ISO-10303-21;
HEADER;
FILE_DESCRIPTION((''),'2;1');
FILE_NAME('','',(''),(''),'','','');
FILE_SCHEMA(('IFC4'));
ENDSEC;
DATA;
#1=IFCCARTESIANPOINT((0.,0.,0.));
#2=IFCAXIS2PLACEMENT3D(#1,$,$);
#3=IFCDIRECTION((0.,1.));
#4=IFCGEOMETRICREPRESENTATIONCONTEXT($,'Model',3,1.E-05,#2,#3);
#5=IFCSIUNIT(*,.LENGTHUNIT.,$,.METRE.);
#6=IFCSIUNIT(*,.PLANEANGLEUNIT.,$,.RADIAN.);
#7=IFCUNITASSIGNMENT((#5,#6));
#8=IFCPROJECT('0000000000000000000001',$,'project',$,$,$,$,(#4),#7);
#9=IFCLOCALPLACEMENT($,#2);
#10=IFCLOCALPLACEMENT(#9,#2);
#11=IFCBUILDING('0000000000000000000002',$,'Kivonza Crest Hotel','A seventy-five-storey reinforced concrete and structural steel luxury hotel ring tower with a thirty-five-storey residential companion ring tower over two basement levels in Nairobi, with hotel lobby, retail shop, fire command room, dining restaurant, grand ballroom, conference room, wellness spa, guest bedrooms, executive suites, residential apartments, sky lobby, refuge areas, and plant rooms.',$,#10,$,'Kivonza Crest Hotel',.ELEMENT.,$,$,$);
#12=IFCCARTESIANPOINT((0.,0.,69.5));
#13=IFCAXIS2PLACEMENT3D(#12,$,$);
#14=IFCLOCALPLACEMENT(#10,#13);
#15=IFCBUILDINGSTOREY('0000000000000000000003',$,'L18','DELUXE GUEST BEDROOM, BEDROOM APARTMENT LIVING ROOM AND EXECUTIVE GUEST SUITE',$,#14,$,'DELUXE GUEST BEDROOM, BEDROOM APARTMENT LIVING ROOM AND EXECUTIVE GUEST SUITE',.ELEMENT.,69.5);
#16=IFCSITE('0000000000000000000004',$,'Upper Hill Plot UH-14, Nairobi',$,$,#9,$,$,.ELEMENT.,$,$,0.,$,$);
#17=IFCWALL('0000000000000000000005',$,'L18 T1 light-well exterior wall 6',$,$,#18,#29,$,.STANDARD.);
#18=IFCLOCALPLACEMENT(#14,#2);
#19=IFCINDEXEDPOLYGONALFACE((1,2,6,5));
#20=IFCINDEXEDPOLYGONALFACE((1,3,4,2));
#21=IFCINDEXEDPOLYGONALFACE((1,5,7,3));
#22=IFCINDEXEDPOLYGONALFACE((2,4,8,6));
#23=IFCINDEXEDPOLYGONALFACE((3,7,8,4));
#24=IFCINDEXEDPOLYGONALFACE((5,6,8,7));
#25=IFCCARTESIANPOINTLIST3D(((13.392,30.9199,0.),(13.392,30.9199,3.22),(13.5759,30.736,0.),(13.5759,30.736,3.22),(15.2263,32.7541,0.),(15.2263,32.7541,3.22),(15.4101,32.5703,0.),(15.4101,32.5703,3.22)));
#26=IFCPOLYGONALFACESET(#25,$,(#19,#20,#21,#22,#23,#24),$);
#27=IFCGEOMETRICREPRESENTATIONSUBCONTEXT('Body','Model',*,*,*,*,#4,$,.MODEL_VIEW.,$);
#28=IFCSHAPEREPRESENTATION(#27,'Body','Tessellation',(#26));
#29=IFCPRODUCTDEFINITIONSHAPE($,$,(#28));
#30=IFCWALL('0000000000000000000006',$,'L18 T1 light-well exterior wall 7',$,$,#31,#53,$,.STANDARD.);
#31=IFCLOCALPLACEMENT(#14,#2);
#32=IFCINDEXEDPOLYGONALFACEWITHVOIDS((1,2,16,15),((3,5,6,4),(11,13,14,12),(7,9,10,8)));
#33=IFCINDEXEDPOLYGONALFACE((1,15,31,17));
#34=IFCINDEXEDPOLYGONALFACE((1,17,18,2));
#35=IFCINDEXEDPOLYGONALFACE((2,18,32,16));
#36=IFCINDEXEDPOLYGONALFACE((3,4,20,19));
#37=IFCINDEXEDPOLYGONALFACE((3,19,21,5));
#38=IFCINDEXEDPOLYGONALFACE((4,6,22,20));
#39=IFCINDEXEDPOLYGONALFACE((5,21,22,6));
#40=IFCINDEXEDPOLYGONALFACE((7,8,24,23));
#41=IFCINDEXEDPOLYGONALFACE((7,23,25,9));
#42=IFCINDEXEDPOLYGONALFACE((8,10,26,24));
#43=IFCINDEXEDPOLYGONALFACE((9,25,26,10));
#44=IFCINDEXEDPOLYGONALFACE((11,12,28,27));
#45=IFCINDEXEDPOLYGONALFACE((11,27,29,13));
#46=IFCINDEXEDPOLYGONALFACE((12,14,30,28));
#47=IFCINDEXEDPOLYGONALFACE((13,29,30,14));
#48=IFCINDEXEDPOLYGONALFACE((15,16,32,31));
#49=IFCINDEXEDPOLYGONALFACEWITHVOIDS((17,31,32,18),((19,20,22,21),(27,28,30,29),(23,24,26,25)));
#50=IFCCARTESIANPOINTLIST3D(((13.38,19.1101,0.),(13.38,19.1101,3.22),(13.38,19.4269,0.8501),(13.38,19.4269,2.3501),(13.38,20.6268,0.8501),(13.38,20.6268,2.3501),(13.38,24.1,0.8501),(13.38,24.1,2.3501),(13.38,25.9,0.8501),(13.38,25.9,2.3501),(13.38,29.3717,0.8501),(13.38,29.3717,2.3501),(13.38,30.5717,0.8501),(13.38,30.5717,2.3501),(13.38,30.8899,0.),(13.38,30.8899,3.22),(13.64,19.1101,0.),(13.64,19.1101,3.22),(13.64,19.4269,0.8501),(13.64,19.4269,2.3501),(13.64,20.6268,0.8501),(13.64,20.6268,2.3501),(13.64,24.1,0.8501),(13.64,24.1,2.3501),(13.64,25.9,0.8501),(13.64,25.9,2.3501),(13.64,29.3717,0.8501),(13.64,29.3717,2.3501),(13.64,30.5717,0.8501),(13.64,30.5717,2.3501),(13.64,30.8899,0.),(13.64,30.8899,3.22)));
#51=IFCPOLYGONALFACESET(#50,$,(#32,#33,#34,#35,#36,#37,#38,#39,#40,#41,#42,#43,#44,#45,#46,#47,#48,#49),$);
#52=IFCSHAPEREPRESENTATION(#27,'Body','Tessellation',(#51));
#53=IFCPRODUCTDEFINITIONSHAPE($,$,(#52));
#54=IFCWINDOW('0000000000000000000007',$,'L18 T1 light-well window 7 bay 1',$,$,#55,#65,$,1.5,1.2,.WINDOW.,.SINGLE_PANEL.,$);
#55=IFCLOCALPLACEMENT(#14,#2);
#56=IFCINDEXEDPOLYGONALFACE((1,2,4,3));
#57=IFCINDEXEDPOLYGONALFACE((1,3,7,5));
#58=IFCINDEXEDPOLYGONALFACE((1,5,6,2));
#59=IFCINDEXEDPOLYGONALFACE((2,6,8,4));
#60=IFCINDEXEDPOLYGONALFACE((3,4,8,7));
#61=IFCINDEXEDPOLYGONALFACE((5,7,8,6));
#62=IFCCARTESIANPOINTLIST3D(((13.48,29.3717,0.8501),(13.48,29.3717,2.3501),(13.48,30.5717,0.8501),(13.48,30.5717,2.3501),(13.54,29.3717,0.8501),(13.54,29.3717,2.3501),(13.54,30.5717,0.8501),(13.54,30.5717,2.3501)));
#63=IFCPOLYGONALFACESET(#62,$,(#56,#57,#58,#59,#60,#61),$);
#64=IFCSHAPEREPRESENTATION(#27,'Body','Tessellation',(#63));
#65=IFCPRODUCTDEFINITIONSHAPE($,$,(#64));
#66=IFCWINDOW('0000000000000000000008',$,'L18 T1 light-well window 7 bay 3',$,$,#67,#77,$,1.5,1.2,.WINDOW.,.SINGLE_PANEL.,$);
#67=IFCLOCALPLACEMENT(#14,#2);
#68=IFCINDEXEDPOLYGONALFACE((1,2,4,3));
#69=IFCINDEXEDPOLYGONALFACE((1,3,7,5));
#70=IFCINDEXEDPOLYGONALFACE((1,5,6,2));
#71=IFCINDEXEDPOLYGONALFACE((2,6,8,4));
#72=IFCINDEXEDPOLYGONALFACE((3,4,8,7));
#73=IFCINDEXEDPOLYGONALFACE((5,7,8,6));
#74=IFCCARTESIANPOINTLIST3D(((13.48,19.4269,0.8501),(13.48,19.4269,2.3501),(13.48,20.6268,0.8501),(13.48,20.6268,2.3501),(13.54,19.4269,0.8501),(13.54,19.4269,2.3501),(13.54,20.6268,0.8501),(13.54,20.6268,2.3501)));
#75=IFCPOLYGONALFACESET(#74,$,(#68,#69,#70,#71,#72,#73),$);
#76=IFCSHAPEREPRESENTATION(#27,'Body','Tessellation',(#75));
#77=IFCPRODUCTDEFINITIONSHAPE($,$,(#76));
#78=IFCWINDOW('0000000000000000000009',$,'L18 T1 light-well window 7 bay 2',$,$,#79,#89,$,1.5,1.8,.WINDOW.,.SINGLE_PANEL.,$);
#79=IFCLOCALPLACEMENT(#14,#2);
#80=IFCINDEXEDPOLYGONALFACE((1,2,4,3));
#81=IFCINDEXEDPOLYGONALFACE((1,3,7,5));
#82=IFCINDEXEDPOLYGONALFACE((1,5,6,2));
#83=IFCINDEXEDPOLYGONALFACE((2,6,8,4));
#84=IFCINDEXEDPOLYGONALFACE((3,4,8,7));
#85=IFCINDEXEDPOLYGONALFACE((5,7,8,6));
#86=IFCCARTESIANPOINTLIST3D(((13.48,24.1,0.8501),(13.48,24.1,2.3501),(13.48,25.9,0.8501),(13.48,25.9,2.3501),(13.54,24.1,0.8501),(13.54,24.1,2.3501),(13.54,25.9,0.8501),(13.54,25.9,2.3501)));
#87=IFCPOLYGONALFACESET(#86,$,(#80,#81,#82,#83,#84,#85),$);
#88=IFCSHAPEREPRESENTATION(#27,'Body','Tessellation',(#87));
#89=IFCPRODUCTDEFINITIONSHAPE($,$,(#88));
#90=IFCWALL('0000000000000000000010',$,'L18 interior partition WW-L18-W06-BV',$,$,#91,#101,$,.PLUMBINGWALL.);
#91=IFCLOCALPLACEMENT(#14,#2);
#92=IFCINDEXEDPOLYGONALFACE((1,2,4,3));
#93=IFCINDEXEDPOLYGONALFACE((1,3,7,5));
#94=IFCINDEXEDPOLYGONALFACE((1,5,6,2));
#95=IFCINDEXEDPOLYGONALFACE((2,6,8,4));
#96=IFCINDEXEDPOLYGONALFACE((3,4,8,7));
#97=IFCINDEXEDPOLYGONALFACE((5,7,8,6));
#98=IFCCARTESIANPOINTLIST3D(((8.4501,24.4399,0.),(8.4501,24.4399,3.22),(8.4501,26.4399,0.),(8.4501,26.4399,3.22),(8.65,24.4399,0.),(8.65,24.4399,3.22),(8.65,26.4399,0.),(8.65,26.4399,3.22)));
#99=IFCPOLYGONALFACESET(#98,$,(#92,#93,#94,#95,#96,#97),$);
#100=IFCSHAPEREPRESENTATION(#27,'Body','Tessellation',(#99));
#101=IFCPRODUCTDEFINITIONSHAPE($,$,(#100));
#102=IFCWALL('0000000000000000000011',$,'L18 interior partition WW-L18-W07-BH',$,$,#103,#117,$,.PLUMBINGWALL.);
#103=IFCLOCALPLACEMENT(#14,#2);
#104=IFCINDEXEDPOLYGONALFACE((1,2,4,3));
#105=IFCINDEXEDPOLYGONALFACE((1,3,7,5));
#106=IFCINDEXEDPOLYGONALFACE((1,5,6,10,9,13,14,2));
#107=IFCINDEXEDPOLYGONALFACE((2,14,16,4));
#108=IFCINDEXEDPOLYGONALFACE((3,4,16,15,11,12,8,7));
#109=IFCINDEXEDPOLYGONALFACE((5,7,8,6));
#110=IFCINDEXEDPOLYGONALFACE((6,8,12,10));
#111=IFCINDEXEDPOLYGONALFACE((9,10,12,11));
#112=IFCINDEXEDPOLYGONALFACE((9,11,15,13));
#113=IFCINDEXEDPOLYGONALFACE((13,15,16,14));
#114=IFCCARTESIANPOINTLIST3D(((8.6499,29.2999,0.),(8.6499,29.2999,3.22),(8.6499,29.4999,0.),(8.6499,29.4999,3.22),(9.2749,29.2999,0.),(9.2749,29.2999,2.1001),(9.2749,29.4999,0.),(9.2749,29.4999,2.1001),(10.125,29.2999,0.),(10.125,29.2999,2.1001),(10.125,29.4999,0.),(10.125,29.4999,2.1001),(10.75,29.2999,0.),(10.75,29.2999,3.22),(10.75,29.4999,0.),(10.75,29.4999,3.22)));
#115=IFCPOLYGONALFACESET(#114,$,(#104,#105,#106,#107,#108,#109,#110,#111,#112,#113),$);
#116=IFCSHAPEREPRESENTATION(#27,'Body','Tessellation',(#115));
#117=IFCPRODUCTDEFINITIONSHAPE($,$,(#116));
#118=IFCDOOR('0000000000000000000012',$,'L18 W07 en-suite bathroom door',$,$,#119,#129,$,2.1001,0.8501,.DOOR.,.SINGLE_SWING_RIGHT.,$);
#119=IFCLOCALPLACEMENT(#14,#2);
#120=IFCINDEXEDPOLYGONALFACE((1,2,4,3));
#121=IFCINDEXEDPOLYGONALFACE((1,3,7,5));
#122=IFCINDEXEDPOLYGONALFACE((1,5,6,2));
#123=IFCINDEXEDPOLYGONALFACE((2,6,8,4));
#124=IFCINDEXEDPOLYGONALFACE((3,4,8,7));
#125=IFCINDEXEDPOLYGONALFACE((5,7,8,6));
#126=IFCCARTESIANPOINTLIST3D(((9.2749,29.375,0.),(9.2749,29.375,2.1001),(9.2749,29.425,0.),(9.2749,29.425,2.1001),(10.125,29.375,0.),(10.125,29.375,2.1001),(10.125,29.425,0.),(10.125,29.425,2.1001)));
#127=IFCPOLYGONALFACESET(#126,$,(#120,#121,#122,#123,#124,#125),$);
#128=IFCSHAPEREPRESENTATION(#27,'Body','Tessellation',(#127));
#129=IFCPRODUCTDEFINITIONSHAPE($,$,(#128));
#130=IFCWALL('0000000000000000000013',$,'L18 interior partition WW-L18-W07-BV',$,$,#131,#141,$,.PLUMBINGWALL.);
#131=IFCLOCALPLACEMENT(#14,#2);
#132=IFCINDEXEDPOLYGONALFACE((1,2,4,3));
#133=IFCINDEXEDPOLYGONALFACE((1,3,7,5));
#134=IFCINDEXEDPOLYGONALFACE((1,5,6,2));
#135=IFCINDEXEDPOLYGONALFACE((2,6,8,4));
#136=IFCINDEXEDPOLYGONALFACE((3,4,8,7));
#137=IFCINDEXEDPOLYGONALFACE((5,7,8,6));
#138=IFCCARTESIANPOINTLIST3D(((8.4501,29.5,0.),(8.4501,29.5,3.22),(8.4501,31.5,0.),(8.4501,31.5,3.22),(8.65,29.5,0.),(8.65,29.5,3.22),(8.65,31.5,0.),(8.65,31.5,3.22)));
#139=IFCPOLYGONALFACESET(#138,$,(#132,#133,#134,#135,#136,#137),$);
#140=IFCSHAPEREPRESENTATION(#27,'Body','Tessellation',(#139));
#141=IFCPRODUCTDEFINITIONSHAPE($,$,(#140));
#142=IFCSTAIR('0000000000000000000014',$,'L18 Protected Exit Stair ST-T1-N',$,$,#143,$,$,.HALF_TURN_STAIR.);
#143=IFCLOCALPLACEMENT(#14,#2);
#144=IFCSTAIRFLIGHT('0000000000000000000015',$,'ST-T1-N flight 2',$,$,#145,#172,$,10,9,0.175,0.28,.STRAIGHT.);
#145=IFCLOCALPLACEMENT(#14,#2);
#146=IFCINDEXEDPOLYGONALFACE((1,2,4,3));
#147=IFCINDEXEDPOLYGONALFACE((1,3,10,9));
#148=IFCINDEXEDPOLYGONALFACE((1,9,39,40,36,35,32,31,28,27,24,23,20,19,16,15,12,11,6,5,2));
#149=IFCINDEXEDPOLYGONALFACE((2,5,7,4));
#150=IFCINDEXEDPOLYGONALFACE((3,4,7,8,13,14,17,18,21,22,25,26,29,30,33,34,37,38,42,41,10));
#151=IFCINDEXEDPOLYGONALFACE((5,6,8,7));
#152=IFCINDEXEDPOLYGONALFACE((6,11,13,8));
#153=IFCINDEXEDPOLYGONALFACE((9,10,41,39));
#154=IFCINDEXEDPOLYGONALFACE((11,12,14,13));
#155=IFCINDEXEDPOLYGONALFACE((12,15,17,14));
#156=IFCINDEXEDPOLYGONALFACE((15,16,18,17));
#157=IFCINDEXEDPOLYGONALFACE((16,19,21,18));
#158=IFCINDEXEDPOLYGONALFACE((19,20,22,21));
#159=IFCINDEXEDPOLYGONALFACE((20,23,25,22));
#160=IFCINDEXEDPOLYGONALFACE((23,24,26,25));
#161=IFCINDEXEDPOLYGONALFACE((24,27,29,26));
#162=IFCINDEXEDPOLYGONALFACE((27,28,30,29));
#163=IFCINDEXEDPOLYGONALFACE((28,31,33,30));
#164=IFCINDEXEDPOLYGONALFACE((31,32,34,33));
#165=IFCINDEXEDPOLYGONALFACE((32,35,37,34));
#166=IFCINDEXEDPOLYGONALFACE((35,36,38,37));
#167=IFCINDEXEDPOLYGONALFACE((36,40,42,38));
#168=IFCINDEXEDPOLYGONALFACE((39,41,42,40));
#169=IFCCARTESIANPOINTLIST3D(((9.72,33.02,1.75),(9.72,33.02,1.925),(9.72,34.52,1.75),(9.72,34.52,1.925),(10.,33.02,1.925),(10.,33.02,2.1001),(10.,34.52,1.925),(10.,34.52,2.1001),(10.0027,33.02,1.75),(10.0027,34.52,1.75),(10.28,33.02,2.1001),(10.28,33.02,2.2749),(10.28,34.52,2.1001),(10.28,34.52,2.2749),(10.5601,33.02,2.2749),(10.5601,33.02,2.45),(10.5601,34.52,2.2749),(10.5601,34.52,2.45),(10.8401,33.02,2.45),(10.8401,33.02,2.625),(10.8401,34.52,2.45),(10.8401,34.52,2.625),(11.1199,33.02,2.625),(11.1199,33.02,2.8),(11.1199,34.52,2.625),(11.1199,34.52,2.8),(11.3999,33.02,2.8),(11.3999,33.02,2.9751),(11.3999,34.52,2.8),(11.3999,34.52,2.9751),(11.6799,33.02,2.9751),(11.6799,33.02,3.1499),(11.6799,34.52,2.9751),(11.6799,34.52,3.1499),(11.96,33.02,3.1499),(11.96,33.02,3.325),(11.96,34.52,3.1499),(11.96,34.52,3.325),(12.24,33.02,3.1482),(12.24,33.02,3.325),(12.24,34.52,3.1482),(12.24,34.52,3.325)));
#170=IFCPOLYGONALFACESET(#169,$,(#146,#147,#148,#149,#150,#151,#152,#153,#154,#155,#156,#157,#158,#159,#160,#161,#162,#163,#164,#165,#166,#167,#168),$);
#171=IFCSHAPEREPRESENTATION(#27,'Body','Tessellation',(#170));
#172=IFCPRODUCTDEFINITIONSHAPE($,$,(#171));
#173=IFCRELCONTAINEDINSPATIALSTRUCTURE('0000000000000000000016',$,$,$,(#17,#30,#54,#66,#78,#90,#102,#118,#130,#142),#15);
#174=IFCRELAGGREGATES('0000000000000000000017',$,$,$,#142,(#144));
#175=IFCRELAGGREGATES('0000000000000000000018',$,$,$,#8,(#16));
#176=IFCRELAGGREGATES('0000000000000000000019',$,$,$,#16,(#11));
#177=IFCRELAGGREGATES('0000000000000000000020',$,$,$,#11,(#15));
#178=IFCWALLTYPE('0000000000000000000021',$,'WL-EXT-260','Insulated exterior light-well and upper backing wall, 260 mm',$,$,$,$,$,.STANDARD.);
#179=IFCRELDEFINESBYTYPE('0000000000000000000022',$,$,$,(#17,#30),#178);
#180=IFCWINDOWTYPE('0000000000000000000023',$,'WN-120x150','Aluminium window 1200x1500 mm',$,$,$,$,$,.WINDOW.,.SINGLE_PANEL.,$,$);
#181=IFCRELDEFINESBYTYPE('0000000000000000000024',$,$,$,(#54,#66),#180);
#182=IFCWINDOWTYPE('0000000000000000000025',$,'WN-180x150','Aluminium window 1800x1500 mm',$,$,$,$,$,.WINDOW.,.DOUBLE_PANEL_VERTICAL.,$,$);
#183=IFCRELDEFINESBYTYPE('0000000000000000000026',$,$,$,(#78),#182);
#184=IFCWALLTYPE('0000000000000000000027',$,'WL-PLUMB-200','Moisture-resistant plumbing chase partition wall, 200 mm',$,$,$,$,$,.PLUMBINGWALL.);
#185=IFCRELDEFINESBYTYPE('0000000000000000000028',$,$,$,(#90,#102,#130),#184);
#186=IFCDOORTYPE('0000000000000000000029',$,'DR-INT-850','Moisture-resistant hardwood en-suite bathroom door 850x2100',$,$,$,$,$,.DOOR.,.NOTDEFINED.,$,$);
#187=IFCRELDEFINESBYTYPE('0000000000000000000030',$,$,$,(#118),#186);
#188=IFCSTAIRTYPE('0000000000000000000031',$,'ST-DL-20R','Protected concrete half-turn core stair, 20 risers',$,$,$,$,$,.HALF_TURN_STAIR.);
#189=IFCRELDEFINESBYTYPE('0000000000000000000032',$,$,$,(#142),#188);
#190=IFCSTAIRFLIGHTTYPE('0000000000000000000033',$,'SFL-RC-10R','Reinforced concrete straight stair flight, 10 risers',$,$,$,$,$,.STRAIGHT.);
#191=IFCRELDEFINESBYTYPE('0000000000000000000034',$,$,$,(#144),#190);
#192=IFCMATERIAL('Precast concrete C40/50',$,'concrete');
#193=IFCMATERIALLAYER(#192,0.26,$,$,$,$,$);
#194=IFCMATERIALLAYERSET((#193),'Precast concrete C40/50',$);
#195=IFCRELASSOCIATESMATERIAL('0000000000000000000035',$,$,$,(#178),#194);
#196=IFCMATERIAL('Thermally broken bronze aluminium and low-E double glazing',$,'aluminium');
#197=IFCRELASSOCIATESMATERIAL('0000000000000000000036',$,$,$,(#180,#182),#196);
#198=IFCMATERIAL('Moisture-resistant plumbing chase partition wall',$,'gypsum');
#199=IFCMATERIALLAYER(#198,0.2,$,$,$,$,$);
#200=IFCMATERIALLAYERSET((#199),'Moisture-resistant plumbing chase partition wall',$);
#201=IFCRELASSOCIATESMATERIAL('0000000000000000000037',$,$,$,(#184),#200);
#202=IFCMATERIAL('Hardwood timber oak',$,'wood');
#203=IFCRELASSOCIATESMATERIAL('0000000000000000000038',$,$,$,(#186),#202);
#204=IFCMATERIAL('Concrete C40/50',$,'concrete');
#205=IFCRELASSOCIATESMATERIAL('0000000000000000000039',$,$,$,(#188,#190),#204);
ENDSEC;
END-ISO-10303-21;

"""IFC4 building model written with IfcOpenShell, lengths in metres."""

from ifc_helpers import new_model, si_unit, direction, frame, frame_2d, origin, place, context, subcontext, project, spatial, polyline, rectangle, outline, extrude, material, layer, layer_set, type_object, element, fill, aggregate, save


model = new_model("IFC4")

# Units and contexts
model_context = context("Model", 3, precision=1e-05, world=origin(), true_north=direction((0.0, 1.0)))
body_context = subcontext(model_context, "Body", "Model", "MODEL_VIEW")
ifc_project = project(units=[si_unit("LENGTHUNIT", "METRE"), si_unit("PLANEANGLEUNIT", "RADIAN")], contexts=[model_context])

# Site, building, storey
site_placement = place(None, origin())
site = spatial("IfcSite", under=ifc_project, at=site_placement, Name="Upper Hill Plot UH-14, Nairobi", CompositionType="ELEMENT", RefElevation=0.0)
building_placement = place(site_placement, origin())
building = spatial("IfcBuilding", under=site, at=building_placement, Name="Kivonza Crest Hotel", Description="A seventy-five-storey reinforced concrete and structural steel luxury hotel ring tower with a thirty-five-storey residential companion ring tower over two basement levels in Nairobi, with hotel lobby, retail shop, fire command room, dining restaurant, grand ballroom, conference room, wellness spa, guest bedrooms, executive suites, residential apartments, sky lobby, refuge areas, and plant rooms.", LongName="Kivonza Crest Hotel", CompositionType="ELEMENT")
storey_placement = place(building_placement, frame((0.0, 0.0, 69.5)))
storey = spatial("IfcBuildingStorey", under=building, at=storey_placement, Name="L18", Description="DELUXE GUEST BEDROOM, BEDROOM APARTMENT LIVING ROOM AND EXECUTIVE GUEST SUITE", LongName="DELUXE GUEST BEDROOM, BEDROOM APARTMENT LIVING ROOM AND EXECUTIVE GUEST SUITE", CompositionType="ELEMENT", Elevation=69.5)

# Shared definitions
ifc_material_1 = material(Name="Hardwood timber oak", Category="wood")

# Wall
ifc_material_2 = material(Name="Precast concrete C40/50", Category="concrete")
ifc_layer_1 = layer(ifc_material_2, 0.26)
ifc_layer_set_1 = layer_set([ifc_layer_1], Name="Precast concrete C40/50")
wall_type_1 = type_object("IfcWallType", Name="WL-EXT-260", Description="Insulated exterior light-well and upper backing wall, 260 mm", PredefinedType="STANDARD", material=ifc_layer_set_1)
wall_1_placement = place(storey_placement, frame((15.3181, 32.6621, 0.0), z_axis=(0.0, 0.0, 1.0), x_axis=(-0.707107, -0.707107, 0.0)))
element("IfcWall", 1, at=wall_1_placement, inside=storey, type_object=wall_type_1, Name="L18 T1 light-well exterior wall 6", PredefinedType="STANDARD", context=body_context, shape_type="SweptSolid", body=[
    extrude(rectangle(XDim=2.594, YDim=0.26, at=frame_2d((1.2969, 0.0))), origin(), (0.0, 0.0, 1.0), 3.22),
])

# Wall, openings, windows
wall_2_placement = place(storey_placement, frame((13.51, 30.8899, 0.0), z_axis=(0.0, 0.0, 1.0), x_axis=(0.0, -1.0, 0.0)))
wall_2 = element("IfcWall", 2, at=wall_2_placement, inside=storey, type_object=wall_type_1, Name="L18 T1 light-well exterior wall 7", PredefinedType="STANDARD", context=body_context, shape_type="SweptSolid", body=[
    extrude(rectangle(XDim=11.7798, YDim=0.26, at=frame_2d((5.8899, 0.0))), origin(), (0.0, 0.0, 1.0), 3.22),
])
opening_1_placement = place(wall_2_placement, frame((0.3181, 0.0, 0.8501)))
opening_1 = element("IfcOpeningElement", 3, at=opening_1_placement, cuts=wall_2, PredefinedType="OPENING", context=body_context, shape_type="SweptSolid", body=[
    extrude(rectangle(XDim=1.2, YDim=1.5, at=frame_2d((0.6001, 0.75))), frame((0.0, 0.1401, 0.0), z_axis=(0.0, -1.0, 0.0), x_axis=(1.0, 0.0, 0.0)), (0.0, 0.0, 1.0), 0.28),
])
opening_2_placement = place(wall_2_placement, frame((4.99, 0.0, 0.8501)))
opening_2 = element("IfcOpeningElement", 4, at=opening_2_placement, cuts=wall_2, PredefinedType="OPENING", context=body_context, shape_type="SweptSolid", body=[
    extrude(rectangle(XDim=1.8, YDim=1.5, at=frame_2d((0.8999, 0.75))), frame((0.0, 0.1401, 0.0), z_axis=(0.0, -1.0, 0.0), x_axis=(1.0, 0.0, 0.0)), (0.0, 0.0, 1.0), 0.28),
])
opening_3_placement = place(wall_2_placement, frame((10.2629, 0.0, 0.8501)))
opening_3 = element("IfcOpeningElement", 5, at=opening_3_placement, cuts=wall_2, PredefinedType="OPENING", context=body_context, shape_type="SweptSolid", body=[
    extrude(rectangle(XDim=1.2, YDim=1.5, at=frame_2d((0.6001, 0.75))), frame((0.0, 0.1401, 0.0), z_axis=(0.0, -1.0, 0.0), x_axis=(1.0, 0.0, 0.0)), (0.0, 0.0, 1.0), 0.28),
])
ifc_material_3 = material(Name="Thermally broken bronze aluminium and low-E double glazing", Category="aluminium")
window_type_1 = type_object("IfcWindowType", Name="WN-120x150", Description="Aluminium window 1200x1500 mm", PartitioningType="SINGLE_PANEL", PredefinedType="WINDOW", material=ifc_material_3)
window_1_placement = place(opening_1_placement, origin())
window_1 = element("IfcWindow", 6, at=window_1_placement, inside=storey, type_object=window_type_1, Name="L18 T1 light-well window 7 bay 1", OverallHeight=1.5, OverallWidth=1.2, PartitioningType="SINGLE_PANEL", PredefinedType="WINDOW", context=body_context, shape_type="SweptSolid", body=[
    extrude(rectangle(XDim=1.2, YDim=1.5, at=frame_2d((0.6001, 0.75))), frame((0.0, 0.03, 0.0), z_axis=(0.0, -1.0, 0.0), x_axis=(1.0, 0.0, 0.0)), (0.0, 0.0, 1.0), 0.0601),
])
fill(opening_1, window_1)
window_2_placement = place(opening_3_placement, origin())
window_2 = element("IfcWindow", 7, at=window_2_placement, inside=storey, type_object=window_type_1, Name="L18 T1 light-well window 7 bay 3", OverallHeight=1.5, OverallWidth=1.2, PartitioningType="SINGLE_PANEL", PredefinedType="WINDOW", context=body_context, shape_type="SweptSolid", body=[
    extrude(rectangle(XDim=1.2, YDim=1.5, at=frame_2d((0.6001, 0.75))), frame((0.0, 0.03, 0.0), z_axis=(0.0, -1.0, 0.0), x_axis=(1.0, 0.0, 0.0)), (0.0, 0.0, 1.0), 0.0601),
])
fill(opening_3, window_2)
window_type_2 = type_object("IfcWindowType", Name="WN-180x150", Description="Aluminium window 1800x1500 mm", PartitioningType="DOUBLE_PANEL_VERTICAL", PredefinedType="WINDOW", material=ifc_material_3)
window_3_placement = place(opening_2_placement, origin())
window_3 = element("IfcWindow", 8, at=window_3_placement, inside=storey, type_object=window_type_2, Name="L18 T1 light-well window 7 bay 2", OverallHeight=1.5, OverallWidth=1.8, PartitioningType="SINGLE_PANEL", PredefinedType="WINDOW", context=body_context, shape_type="SweptSolid", body=[
    extrude(rectangle(XDim=1.8, YDim=1.5, at=frame_2d((0.8999, 0.75))), frame((0.0, 0.03, 0.0), z_axis=(0.0, -1.0, 0.0), x_axis=(1.0, 0.0, 0.0)), (0.0, 0.0, 1.0), 0.0601),
])
fill(opening_2, window_3)

# Wall
ifc_material_4 = material(Name="Moisture-resistant plumbing chase partition wall", Category="gypsum")
ifc_layer_2 = layer(ifc_material_4, 0.2)
ifc_layer_set_2 = layer_set([ifc_layer_2], Name="Moisture-resistant plumbing chase partition wall")
wall_type_2 = type_object("IfcWallType", Name="WL-PLUMB-200", Description="Moisture-resistant plumbing chase partition wall, 200 mm", PredefinedType="PLUMBINGWALL", material=ifc_layer_set_2)
wall_3_placement = place(storey_placement, frame((8.55, 24.4399, 0.0), z_axis=(0.0, 0.0, 1.0), x_axis=(0.0, 1.0, 0.0)))
element("IfcWall", 9, at=wall_3_placement, inside=storey, type_object=wall_type_2, Name="L18 interior partition WW-L18-W06-BV", PredefinedType="PLUMBINGWALL", context=body_context, shape_type="SweptSolid", body=[
    extrude(rectangle(XDim=2.0, YDim=0.2, at=frame_2d((1.0, 0.0))), origin(), (0.0, 0.0, 1.0), 3.22),
])

# Wall, opening, door
wall_4_placement = place(storey_placement, frame((8.6499, 29.3999, 0.0), z_axis=(0.0, 0.0, 1.0), x_axis=(1.0, 0.0, 0.0)))
wall_4 = element("IfcWall", 10, at=wall_4_placement, inside=storey, type_object=wall_type_2, Name="L18 interior partition WW-L18-W07-BH", PredefinedType="PLUMBINGWALL", context=body_context, shape_type="SweptSolid", body=[
    extrude(rectangle(XDim=2.1001, YDim=0.2, at=frame_2d((1.05, 0.0))), origin(), (0.0, 0.0, 1.0), 3.22),
])
opening_4_placement = place(wall_4_placement, frame((0.625, 0.0, 0.0)))
opening_4 = element("IfcOpeningElement", 11, at=opening_4_placement, cuts=wall_4, PredefinedType="OPENING", context=body_context, shape_type="SweptSolid", body=[
    extrude(rectangle(XDim=0.8501, YDim=2.1001, at=frame_2d((0.425, 1.05))), frame((0.0, 0.1099, 0.0), z_axis=(0.0, -1.0, 0.0), x_axis=(1.0, 0.0, 0.0)), (0.0, 0.0, 1.0), 0.22),
])
door_type_1 = type_object("IfcDoorType", Name="DR-INT-850", Description="Moisture-resistant hardwood en-suite bathroom door 850x2100", OperationType="NOTDEFINED", PredefinedType="DOOR", material=ifc_material_1)
door_1_placement = place(opening_4_placement, frame((0.8501, 0.0, 0.0), z_axis=(0.0, 0.0, 1.0), x_axis=(-1.0, 0.0, 0.0)))
door_1 = element("IfcDoor", 12, at=door_1_placement, inside=storey, type_object=door_type_1, Name="L18 W07 en-suite bathroom door", OperationType="SINGLE_SWING_RIGHT", OverallHeight=2.1001, OverallWidth=0.8501, PredefinedType="DOOR", context=body_context, shape_type="SweptSolid", body=[
    extrude(rectangle(XDim=0.8501, YDim=2.1001, at=frame_2d((0.425, 1.05))), frame((0.0, 0.0249, 0.0), z_axis=(0.0, -1.0, 0.0), x_axis=(1.0, 0.0, 0.0)), (0.0, 0.0, 1.0), 0.05),
])
fill(opening_4, door_1)

# Wall
wall_5_placement = place(storey_placement, frame((8.55, 29.5, 0.0), z_axis=(0.0, 0.0, 1.0), x_axis=(0.0, 1.0, 0.0)))
element("IfcWall", 13, at=wall_5_placement, inside=storey, type_object=wall_type_2, Name="L18 interior partition WW-L18-W07-BV", PredefinedType="PLUMBINGWALL", context=body_context, shape_type="SweptSolid", body=[
    extrude(rectangle(XDim=2.0, YDim=0.2, at=frame_2d((1.0, 0.0))), origin(), (0.0, 0.0, 1.0), 3.22),
])

# Stair, stair flight
ifc_material_5 = material(Name="Concrete C40/50", Category="concrete")
stair_type = type_object("IfcStairType", Name="ST-DL-20R", Description="Protected concrete half-turn core stair, 20 risers", PredefinedType="HALF_TURN_STAIR", material=ifc_material_5)
stair_placement = place(storey_placement, origin())
stair = element("IfcStair", 14, at=stair_placement, inside=storey, type_object=stair_type, Name="L18 Protected Exit Stair ST-T1-N", PredefinedType="HALF_TURN_STAIR")
stair_flight_type = type_object("IfcStairFlightType", Name="SFL-RC-10R", Description="Reinforced concrete straight stair flight, 10 risers", PredefinedType="STRAIGHT", material=ifc_material_5)
stair_flight_placement = place(storey_placement, frame((9.72, 33.77, 1.75), z_axis=(0.0, 0.0, 1.0), x_axis=(1.0, 0.0, 0.0)))
stair_flight = element("IfcStairFlight", 15, at=stair_flight_placement, type_object=stair_flight_type, Name="ST-T1-N flight 2", NumberOfRisers=10, NumberOfTreads=9, PredefinedType="STRAIGHT", RiserHeight=0.175, TreadLength=0.28, context=body_context, shape_type="SweptSolid", body=[
    extrude(outline(polyline([(0.0, 0.0), (0.0, 0.175), (0.28, 0.175), (0.28, 0.3501), (0.5601, 0.3501), (0.5601, 0.5249), (0.8401, 0.5249), (0.8401, 0.7), (1.1201, 0.7), (1.1201, 0.875), (1.3999, 0.875), (1.3999, 1.05), (1.6799, 1.05), (1.6799, 1.2251), (1.96, 1.2251), (1.96, 1.3999), (2.24, 1.3999), (2.24, 1.575), (2.52, 1.575), (2.52, 1.75), (2.52, 1.3982), (0.2827, 0.0), (0.0, 0.0)])), frame((0.0, 0.75, 0.0), z_axis=(0.0, -1.0, 0.0), x_axis=(1.0, 0.0, 0.0)), (0.0, 0.0, 1.0), 1.5),
])
aggregate(stair, [stair_flight])

save(model, "model.ifc")
